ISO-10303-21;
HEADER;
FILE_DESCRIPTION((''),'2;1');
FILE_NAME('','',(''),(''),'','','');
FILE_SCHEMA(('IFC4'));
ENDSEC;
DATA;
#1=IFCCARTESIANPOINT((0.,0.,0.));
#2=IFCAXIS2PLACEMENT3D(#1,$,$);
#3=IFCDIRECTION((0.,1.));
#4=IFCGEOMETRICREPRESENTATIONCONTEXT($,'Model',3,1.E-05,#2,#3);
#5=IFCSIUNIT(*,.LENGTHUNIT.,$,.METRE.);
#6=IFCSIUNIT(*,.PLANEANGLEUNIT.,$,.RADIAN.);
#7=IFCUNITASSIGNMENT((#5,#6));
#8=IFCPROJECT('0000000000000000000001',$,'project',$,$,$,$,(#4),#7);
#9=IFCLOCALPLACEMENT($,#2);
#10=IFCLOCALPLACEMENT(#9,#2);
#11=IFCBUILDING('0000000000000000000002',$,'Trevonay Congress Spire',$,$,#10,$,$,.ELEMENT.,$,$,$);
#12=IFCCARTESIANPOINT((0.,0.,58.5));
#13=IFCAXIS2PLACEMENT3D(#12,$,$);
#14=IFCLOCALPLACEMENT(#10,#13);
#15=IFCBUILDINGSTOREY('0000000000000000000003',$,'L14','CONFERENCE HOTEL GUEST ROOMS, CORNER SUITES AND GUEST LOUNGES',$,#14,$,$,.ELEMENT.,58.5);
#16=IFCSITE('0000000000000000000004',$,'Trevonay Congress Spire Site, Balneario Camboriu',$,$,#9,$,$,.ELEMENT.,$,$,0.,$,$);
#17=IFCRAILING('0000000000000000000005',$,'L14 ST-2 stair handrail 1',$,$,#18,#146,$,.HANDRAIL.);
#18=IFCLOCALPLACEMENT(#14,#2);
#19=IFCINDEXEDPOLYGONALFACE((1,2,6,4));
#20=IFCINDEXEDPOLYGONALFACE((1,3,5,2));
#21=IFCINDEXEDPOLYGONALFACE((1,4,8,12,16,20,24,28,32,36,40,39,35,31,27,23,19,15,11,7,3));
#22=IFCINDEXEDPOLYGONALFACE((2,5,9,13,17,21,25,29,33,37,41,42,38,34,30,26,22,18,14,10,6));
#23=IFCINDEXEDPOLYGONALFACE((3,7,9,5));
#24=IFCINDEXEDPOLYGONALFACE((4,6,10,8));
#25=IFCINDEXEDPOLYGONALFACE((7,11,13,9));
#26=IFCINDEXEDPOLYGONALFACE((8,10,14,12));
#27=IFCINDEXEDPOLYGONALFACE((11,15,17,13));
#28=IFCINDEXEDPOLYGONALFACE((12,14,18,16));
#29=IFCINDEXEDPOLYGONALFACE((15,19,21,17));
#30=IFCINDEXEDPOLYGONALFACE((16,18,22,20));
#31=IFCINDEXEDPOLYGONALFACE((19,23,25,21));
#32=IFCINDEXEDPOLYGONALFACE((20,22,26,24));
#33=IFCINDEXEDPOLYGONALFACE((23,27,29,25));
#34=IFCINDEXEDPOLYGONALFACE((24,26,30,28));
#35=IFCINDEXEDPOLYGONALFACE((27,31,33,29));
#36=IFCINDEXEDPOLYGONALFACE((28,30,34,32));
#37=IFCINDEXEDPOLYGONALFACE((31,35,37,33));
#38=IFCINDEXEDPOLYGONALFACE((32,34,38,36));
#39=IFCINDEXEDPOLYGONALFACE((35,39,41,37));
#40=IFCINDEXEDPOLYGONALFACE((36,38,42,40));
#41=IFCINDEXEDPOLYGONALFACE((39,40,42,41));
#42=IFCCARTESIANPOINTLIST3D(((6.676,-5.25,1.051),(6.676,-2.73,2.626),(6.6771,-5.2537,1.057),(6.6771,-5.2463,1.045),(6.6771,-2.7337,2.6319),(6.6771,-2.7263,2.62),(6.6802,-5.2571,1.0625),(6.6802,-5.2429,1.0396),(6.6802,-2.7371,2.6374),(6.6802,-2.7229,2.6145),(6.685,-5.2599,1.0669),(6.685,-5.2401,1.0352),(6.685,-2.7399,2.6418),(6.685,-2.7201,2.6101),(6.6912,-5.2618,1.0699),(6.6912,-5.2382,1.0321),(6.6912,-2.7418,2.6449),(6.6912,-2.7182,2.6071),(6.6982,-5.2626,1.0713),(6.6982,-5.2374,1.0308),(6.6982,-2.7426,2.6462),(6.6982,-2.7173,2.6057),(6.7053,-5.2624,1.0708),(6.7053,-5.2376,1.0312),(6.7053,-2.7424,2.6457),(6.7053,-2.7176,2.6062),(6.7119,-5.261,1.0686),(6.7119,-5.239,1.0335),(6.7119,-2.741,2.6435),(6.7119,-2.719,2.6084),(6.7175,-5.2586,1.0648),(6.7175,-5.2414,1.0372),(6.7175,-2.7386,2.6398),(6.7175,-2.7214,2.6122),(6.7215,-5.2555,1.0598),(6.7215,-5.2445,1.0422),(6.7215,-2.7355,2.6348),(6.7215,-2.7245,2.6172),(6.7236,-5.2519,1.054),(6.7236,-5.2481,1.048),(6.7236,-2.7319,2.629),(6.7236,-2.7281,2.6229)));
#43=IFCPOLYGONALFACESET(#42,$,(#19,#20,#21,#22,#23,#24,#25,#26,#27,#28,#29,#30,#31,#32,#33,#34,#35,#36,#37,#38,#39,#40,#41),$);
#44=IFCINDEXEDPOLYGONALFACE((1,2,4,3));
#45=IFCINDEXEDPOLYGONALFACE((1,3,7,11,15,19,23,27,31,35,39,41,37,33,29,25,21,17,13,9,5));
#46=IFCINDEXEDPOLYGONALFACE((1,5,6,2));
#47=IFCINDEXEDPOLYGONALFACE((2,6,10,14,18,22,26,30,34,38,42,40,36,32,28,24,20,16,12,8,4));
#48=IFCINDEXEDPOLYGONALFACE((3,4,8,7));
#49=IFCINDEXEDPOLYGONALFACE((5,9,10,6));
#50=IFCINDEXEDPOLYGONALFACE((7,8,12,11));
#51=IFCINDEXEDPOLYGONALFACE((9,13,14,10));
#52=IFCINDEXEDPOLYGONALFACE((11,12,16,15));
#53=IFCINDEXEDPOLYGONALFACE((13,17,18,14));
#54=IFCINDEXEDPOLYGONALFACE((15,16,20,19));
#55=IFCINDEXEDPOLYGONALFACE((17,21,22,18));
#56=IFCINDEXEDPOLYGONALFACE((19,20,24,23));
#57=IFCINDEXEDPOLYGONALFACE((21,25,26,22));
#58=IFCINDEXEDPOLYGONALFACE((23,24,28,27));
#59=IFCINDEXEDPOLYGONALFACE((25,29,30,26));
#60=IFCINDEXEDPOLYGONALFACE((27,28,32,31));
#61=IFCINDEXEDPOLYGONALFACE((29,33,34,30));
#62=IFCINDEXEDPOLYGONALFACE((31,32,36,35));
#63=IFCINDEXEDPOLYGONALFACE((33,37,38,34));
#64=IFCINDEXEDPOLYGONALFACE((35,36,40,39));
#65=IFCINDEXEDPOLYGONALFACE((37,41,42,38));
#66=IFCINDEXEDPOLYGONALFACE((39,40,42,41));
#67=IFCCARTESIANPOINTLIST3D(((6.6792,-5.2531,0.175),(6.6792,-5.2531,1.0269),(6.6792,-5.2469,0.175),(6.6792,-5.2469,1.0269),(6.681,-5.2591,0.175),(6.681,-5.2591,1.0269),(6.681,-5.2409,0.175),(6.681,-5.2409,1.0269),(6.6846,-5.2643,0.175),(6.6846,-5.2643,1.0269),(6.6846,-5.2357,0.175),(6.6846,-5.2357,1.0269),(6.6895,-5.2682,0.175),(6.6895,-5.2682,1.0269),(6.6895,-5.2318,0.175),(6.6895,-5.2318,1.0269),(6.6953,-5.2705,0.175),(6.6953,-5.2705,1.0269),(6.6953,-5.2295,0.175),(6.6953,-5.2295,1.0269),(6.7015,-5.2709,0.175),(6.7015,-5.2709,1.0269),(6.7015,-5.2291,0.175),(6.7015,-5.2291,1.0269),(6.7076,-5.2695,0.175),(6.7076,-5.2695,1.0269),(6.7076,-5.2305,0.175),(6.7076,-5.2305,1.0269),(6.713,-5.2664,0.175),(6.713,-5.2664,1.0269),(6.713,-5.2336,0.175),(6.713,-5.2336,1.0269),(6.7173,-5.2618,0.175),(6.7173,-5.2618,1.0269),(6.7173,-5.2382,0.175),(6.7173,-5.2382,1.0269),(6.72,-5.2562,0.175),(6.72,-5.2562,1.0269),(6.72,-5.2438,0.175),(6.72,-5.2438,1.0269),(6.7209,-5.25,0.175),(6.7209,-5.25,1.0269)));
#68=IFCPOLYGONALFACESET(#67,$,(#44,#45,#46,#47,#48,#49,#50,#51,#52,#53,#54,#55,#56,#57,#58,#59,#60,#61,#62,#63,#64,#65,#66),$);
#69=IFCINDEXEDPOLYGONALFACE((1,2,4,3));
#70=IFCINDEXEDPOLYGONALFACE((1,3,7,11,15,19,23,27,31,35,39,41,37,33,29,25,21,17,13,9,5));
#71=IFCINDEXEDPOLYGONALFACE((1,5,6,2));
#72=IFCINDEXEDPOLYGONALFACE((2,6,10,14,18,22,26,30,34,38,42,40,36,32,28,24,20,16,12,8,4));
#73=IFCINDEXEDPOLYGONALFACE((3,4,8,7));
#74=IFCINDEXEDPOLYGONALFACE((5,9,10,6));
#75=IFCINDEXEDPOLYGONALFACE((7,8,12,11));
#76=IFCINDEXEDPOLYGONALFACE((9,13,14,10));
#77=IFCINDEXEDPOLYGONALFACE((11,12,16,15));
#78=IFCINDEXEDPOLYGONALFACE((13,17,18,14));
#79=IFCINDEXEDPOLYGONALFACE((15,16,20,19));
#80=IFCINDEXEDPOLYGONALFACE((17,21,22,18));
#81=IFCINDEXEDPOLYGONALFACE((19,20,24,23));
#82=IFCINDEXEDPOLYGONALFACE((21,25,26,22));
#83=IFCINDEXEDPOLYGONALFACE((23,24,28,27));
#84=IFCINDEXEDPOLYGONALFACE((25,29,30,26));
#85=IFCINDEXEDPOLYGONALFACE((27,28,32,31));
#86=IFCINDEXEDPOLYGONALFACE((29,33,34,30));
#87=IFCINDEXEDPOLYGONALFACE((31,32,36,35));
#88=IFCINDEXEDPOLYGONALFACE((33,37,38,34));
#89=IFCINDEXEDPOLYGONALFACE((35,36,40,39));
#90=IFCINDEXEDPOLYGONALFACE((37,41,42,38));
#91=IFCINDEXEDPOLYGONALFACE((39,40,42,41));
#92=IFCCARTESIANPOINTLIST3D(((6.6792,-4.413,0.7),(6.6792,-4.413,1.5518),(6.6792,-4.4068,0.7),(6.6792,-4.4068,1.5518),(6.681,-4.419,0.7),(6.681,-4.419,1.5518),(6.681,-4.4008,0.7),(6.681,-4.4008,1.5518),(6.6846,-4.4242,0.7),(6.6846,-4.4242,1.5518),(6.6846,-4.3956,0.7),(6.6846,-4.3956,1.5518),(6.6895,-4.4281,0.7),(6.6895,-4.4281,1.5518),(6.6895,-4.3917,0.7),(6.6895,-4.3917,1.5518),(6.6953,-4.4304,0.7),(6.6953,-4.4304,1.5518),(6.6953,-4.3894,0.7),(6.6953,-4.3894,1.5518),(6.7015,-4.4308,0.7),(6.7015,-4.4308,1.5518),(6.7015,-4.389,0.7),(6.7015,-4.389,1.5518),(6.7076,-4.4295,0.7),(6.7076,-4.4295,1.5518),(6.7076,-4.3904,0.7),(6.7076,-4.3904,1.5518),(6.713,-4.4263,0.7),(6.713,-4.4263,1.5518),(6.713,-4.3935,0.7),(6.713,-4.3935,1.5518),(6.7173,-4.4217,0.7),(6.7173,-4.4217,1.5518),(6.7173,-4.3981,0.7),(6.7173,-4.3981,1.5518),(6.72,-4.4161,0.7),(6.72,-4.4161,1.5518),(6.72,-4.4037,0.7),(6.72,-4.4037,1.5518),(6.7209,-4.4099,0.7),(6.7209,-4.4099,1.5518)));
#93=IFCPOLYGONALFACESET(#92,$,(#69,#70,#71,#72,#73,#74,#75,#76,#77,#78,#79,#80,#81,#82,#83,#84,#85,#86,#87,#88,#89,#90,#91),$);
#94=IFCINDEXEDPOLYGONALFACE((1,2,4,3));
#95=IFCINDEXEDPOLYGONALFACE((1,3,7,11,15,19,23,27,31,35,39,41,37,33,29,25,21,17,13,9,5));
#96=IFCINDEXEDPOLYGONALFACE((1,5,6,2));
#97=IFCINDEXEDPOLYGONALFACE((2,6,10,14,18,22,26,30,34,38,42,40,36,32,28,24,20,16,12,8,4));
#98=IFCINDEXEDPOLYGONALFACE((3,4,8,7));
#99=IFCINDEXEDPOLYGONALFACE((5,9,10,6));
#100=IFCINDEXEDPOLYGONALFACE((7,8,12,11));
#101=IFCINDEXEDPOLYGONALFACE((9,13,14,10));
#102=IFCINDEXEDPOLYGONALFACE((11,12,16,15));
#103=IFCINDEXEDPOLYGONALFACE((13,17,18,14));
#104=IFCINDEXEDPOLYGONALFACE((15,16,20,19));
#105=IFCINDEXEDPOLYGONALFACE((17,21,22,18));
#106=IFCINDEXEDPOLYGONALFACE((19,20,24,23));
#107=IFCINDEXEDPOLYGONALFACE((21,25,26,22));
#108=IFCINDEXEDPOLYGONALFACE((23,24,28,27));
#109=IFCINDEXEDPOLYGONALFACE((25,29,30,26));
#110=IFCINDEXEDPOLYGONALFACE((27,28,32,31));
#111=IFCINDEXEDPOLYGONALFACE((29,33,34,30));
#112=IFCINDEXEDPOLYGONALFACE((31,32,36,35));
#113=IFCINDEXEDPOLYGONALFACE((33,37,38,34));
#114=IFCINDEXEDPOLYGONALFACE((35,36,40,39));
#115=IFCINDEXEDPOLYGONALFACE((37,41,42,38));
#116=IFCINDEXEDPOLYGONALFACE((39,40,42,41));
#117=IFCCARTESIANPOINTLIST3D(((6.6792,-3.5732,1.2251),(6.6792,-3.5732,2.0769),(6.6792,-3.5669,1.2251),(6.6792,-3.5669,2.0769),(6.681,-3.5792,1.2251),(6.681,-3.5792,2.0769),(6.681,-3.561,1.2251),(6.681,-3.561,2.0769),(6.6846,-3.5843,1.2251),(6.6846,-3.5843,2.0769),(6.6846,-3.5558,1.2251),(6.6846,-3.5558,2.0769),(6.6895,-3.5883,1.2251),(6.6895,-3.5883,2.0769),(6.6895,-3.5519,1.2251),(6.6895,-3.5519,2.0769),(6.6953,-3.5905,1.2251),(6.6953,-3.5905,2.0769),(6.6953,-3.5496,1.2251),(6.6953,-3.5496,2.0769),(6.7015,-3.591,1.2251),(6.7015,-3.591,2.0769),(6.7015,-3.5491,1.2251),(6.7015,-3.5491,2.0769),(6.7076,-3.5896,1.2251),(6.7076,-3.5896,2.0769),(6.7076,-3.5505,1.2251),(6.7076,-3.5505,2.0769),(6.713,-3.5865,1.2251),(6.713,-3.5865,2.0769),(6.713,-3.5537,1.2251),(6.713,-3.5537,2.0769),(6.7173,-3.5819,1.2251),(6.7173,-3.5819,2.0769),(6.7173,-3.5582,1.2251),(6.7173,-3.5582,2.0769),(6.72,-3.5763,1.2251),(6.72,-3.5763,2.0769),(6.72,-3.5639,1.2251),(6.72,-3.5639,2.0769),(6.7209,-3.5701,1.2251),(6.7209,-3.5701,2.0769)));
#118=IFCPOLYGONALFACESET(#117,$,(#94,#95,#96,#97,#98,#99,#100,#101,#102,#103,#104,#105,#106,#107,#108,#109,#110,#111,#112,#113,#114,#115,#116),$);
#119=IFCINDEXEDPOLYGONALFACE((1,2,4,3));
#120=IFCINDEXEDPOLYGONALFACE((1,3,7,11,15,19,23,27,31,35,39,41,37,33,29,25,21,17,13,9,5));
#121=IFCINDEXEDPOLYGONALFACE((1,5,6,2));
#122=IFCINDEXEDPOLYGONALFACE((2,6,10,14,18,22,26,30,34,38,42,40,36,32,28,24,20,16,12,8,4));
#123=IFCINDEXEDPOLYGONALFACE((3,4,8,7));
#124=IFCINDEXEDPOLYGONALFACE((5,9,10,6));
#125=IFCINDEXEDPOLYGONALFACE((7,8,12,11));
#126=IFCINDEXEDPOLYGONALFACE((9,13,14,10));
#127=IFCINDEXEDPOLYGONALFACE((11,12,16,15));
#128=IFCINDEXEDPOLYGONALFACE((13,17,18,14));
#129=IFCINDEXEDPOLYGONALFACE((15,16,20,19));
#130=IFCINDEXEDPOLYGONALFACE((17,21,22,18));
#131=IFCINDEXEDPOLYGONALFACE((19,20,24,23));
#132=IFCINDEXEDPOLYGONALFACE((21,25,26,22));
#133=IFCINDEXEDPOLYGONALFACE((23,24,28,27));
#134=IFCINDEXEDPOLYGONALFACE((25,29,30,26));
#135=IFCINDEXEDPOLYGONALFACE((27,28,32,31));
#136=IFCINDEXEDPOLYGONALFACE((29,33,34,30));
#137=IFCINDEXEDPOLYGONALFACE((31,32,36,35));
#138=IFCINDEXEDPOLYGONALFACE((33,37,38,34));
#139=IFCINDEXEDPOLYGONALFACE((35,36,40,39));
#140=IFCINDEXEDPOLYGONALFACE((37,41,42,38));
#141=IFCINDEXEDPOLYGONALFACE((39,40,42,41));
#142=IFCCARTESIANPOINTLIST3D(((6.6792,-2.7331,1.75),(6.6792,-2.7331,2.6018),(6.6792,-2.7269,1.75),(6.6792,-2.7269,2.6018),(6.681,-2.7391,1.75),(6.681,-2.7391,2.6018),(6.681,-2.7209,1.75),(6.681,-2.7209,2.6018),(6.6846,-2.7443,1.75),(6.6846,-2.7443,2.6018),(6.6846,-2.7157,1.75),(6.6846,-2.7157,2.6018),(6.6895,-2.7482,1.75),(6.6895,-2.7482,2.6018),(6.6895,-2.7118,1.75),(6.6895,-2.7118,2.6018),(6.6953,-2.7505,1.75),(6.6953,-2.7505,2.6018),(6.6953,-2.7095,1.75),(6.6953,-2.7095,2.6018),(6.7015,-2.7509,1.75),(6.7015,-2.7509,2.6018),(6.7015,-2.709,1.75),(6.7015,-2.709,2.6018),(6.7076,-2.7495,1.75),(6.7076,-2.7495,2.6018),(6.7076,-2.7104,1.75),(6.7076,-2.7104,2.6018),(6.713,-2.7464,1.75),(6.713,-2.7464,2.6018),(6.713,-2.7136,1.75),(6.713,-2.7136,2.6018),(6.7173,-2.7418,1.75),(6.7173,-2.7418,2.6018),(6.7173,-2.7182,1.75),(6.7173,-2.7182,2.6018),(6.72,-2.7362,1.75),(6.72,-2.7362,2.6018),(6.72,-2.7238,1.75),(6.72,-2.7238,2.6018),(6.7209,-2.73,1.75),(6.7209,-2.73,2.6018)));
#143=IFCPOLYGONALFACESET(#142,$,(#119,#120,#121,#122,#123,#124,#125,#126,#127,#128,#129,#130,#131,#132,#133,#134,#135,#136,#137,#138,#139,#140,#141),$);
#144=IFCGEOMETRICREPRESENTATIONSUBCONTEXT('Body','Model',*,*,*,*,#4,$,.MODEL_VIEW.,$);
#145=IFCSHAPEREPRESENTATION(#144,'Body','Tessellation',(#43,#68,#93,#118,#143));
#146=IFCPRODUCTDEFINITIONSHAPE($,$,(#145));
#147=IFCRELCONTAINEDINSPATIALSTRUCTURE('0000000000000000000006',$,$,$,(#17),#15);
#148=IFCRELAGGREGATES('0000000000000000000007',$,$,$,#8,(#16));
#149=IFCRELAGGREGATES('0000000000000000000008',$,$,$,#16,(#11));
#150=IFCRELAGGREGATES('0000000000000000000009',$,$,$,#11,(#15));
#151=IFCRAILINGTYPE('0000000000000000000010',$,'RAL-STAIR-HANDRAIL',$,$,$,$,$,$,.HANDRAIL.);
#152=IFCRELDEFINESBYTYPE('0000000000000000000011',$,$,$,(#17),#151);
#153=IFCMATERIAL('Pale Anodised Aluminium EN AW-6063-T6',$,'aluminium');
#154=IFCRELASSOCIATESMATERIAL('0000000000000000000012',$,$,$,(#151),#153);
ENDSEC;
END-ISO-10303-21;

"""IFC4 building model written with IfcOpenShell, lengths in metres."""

from ifc_helpers import new_model, si_unit, direction, frame, origin, origin_2d, place, context, subcontext, project, spatial, circle, extrude, material, type_object, element, save


model = new_model("IFC4")

# Units and contexts
model_context = context("Model", 3, precision=1e-05, world=origin(), true_north=direction((0.0, 1.0)))
body_context = subcontext(model_context, "Body", "Model", "MODEL_VIEW")
ifc_project = project(units=[si_unit("LENGTHUNIT", "METRE"), si_unit("PLANEANGLEUNIT", "RADIAN")], contexts=[model_context])

# Site, building, storey
site_placement = place(None, origin())
site = spatial("IfcSite", under=ifc_project, at=site_placement, Name="Trevonay Congress Spire Site, Balneario Camboriu", CompositionType="ELEMENT", RefElevation=0.0)
building_placement = place(site_placement, origin())
building = spatial("IfcBuilding", under=site, at=building_placement, Name="Trevonay Congress Spire", CompositionType="ELEMENT")
storey_placement = place(building_placement, frame((0.0, 0.0, 58.5)))
storey = spatial("IfcBuildingStorey", under=building, at=storey_placement, Name="L14", Description="CONFERENCE HOTEL GUEST ROOMS, CORNER SUITES AND GUEST LOUNGES", CompositionType="ELEMENT", Elevation=58.5)

# Railing
ifc_material_1 = material(Name="Pale Anodised Aluminium EN AW-6063-T6", Category="aluminium")
railing_type_1 = type_object("IfcRailingType", Name="RAL-STAIR-HANDRAIL", PredefinedType="HANDRAIL", material=ifc_material_1)
railing_1_placement = place(storey_placement, frame((6.7, -5.25, 0.175)))
element("IfcRailing", 1, at=railing_1_placement, inside=storey, type_object=railing_type_1, Name="L14 ST-2 stair handrail 1", PredefinedType="HANDRAIL", context=body_context, shape_type="SweptSolid", body=[
    extrude(circle(Radius=0.0239, at=origin_2d()), frame((0.0, 0.0, 0.876), z_axis=(0.0, 0.848008, 0.529984), x_axis=(-1.0, 0.0, 0.0)), (0.0, 0.0, 1.0), 2.9717),
    extrude(circle(Radius=0.021, at=origin_2d()), origin(), (0.0, 0.0, 1.0), 0.8518),
    extrude(circle(Radius=0.021, at=origin_2d()), frame((0.0, 0.8401, 0.5249)), (0.0, 0.0, 1.0), 0.8518),
    extrude(circle(Radius=0.021, at=origin_2d()), frame((0.0, 1.6799, 1.05)), (0.0, 0.0, 1.0), 0.8518),
    extrude(circle(Radius=0.021, at=origin_2d()), frame((0.0, 2.52, 1.575)), (0.0, 0.0, 1.0), 0.8518),
])

save(model, "model.ifc")
